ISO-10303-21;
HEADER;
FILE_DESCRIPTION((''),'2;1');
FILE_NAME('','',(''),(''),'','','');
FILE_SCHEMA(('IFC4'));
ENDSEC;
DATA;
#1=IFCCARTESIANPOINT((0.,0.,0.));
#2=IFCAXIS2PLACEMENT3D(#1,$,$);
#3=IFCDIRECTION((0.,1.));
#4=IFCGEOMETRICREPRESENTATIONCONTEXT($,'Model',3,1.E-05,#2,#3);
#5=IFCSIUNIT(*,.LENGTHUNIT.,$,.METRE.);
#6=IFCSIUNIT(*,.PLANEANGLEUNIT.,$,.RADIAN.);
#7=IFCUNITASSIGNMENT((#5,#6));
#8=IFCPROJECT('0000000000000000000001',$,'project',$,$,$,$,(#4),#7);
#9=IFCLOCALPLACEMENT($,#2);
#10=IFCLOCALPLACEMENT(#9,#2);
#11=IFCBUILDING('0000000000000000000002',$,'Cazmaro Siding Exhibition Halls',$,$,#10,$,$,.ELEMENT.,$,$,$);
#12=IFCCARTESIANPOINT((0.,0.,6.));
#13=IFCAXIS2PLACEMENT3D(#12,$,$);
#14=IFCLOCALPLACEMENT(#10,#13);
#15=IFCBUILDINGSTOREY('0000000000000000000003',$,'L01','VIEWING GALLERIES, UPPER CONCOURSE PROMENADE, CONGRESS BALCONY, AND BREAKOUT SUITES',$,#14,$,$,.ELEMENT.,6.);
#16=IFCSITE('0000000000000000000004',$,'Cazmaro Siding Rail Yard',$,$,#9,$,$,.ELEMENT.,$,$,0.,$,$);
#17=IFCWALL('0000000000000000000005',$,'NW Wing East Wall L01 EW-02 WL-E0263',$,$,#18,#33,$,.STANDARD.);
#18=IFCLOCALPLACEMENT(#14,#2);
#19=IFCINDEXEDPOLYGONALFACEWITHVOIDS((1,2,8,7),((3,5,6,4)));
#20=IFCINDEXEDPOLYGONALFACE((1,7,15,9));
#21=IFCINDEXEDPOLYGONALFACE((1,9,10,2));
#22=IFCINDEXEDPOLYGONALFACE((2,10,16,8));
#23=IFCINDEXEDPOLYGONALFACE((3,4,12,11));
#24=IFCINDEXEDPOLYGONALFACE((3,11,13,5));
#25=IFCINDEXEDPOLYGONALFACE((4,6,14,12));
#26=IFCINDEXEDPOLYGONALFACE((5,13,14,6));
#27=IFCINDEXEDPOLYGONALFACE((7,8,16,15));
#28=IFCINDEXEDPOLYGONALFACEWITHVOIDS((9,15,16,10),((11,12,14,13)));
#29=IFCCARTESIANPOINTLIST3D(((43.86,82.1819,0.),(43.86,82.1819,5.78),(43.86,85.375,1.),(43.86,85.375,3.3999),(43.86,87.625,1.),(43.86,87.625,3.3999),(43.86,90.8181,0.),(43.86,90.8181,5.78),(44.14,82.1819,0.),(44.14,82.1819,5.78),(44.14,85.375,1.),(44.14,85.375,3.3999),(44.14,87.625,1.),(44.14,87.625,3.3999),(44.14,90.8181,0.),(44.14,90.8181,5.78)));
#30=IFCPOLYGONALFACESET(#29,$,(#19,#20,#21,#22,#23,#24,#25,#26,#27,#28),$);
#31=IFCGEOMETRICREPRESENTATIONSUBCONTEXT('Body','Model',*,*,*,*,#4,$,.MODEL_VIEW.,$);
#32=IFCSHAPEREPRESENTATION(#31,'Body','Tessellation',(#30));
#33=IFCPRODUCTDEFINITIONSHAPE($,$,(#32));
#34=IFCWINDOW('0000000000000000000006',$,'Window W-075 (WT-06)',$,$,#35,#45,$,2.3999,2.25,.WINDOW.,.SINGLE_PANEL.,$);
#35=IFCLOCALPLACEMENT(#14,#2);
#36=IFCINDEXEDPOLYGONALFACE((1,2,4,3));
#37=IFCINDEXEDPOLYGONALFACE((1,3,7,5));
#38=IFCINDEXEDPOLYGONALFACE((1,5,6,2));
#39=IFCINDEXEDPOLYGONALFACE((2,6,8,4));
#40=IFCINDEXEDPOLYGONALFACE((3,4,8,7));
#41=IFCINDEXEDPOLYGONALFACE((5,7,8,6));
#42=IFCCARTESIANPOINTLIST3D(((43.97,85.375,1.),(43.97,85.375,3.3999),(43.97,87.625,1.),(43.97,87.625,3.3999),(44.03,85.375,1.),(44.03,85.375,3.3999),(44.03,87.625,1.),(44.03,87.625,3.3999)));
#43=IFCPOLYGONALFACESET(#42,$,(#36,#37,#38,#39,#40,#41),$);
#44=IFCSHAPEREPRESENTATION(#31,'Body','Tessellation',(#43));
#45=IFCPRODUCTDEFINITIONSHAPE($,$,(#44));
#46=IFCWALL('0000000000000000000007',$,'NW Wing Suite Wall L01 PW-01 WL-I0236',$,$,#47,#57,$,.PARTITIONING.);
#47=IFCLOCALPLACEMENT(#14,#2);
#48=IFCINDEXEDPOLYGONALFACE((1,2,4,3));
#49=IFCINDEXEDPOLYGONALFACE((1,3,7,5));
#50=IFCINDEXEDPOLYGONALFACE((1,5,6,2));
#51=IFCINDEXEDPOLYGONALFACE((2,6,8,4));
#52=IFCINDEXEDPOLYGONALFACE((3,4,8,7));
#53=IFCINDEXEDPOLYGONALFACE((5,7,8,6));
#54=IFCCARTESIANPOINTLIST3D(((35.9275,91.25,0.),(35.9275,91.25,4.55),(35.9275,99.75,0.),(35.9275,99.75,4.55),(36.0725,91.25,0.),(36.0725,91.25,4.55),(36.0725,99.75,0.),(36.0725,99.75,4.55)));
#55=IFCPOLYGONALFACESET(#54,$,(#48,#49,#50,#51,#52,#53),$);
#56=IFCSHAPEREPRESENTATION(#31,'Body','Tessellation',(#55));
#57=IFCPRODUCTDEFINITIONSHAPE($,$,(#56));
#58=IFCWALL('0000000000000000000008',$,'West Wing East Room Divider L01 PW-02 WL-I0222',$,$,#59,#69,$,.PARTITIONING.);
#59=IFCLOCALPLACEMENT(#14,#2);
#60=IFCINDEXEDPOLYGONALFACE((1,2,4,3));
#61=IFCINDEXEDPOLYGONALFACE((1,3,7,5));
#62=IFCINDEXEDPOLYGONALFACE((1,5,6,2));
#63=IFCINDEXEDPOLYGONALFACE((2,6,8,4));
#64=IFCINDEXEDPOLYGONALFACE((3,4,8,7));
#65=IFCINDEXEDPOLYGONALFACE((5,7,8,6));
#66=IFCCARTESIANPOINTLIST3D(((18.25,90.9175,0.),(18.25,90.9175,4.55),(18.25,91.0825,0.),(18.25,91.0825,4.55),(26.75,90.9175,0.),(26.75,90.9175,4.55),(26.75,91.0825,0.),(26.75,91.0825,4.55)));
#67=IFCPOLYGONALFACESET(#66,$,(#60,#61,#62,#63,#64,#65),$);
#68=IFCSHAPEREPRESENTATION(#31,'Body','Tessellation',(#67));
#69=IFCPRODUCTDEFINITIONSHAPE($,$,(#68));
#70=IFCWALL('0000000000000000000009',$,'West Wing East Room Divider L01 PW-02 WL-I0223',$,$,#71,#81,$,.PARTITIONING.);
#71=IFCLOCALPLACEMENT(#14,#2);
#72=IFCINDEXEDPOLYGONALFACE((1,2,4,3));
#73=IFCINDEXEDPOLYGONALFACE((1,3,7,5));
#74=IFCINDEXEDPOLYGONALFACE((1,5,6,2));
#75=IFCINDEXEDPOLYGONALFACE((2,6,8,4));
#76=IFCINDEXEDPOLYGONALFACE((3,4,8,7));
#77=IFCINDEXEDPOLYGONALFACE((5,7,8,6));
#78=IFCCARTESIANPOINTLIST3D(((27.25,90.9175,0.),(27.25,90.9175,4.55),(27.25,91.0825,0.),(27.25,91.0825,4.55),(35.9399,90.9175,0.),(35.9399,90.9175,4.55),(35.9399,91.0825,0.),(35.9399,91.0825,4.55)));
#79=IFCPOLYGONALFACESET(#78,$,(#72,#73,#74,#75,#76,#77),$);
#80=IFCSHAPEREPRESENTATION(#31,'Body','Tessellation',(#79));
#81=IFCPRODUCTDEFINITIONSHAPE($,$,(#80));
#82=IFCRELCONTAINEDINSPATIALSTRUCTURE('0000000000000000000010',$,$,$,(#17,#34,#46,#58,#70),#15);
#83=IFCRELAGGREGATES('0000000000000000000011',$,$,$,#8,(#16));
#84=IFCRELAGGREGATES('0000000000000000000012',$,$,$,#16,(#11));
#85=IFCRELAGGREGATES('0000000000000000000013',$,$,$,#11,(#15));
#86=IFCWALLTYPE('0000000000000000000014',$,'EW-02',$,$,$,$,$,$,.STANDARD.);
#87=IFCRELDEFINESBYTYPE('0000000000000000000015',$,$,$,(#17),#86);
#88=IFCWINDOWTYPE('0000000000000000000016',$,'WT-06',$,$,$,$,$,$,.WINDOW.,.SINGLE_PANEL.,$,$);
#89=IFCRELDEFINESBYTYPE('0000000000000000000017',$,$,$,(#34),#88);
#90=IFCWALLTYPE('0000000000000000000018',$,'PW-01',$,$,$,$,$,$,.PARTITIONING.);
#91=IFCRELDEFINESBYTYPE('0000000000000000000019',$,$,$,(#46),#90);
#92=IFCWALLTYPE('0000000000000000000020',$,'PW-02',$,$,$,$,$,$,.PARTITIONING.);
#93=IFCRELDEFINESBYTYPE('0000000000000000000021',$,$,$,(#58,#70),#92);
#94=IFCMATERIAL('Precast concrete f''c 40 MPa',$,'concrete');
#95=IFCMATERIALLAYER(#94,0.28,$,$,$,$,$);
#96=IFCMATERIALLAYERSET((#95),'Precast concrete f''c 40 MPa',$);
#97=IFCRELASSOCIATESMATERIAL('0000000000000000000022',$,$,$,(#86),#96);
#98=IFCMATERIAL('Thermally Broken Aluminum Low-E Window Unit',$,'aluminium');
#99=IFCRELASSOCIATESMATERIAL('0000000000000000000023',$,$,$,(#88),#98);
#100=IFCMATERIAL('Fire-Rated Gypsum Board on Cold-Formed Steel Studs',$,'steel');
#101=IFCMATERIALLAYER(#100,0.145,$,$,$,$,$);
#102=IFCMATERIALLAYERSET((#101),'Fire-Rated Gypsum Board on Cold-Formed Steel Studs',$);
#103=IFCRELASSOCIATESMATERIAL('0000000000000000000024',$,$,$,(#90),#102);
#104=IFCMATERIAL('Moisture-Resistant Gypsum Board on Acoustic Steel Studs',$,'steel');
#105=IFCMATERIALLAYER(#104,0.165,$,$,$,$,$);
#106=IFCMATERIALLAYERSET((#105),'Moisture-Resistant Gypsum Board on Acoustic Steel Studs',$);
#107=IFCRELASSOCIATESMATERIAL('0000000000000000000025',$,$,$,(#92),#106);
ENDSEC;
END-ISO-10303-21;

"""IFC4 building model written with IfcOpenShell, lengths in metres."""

from ifc_helpers import new_model, si_unit, direction, frame, frame_2d, origin, place, context, subcontext, project, spatial, rectangle, extrude, material, layer, layer_set, type_object, element, fill, save


model = new_model("IFC4")

# Units and contexts
model_context = context("Model", 3, precision=1e-05, world=origin(), true_north=direction((0.0, 1.0)))
body_context = subcontext(model_context, "Body", "Model", "MODEL_VIEW")
ifc_project = project(units=[si_unit("LENGTHUNIT", "METRE"), si_unit("PLANEANGLEUNIT", "RADIAN")], contexts=[model_context])

# Site, building, storey
site_placement = place(None, origin())
site = spatial("IfcSite", under=ifc_project, at=site_placement, Name="Cazmaro Siding Rail Yard", CompositionType="ELEMENT", RefElevation=0.0)
building_placement = place(site_placement, origin())
building = spatial("IfcBuilding", under=site, at=building_placement, Name="Cazmaro Siding Exhibition Halls", CompositionType="ELEMENT")
storey_placement = place(building_placement, frame((0.0, 0.0, 6.0)))
storey = spatial("IfcBuildingStorey", under=building, at=storey_placement, Name="L01", Description="VIEWING GALLERIES, UPPER CONCOURSE PROMENADE, CONGRESS BALCONY, AND BREAKOUT SUITES", CompositionType="ELEMENT", Elevation=6.0)

# Wall, opening, window
ifc_material_1 = material(Name="Precast concrete f'c 40 MPa", Category="concrete")
ifc_layer_1 = layer(ifc_material_1, 0.28)
ifc_layer_set_1 = layer_set([ifc_layer_1], Name="Precast concrete f'c 40 MPa")
wall_type_1 = type_object("IfcWallType", Name="EW-02", PredefinedType="STANDARD", material=ifc_layer_set_1)
wall_1_placement = place(storey_placement, frame((44.0, 90.8181, 0.0), z_axis=(0.0, 0.0, 1.0), x_axis=(0.0, -1.0, 0.0)))
wall_1 = element("IfcWall", 1, at=wall_1_placement, inside=storey, type_object=wall_type_1, Name="NW Wing East Wall L01 EW-02 WL-E0263", PredefinedType="STANDARD", context=body_context, shape_type="SweptSolid", body=[
    extrude(rectangle(XDim=8.6362, YDim=0.28, at=frame_2d((4.3181, 0.0))), origin(), (0.0, 0.0, 1.0), 5.78),
])
opening_placement = place(wall_1_placement, frame((3.1931, 0.0, 1.0)))
opening = element("IfcOpeningElement", 2, at=opening_placement, cuts=wall_1, PredefinedType="OPENING", context=body_context, shape_type="SweptSolid", body=[
    extrude(rectangle(XDim=2.25, YDim=2.3999, at=frame_2d((1.125, 1.2))), frame((0.0, 0.1499, 0.0), z_axis=(0.0, -1.0, 0.0), x_axis=(1.0, 0.0, 0.0)), (0.0, 0.0, 1.0), 0.3),
])
ifc_material_2 = material(Name="Thermally Broken Aluminum Low-E Window Unit", Category="aluminium")
window_type = type_object("IfcWindowType", Name="WT-06", PartitioningType="SINGLE_PANEL", PredefinedType="WINDOW", material=ifc_material_2)
window_placement = place(opening_placement, origin())
window = element("IfcWindow", 3, at=window_placement, inside=storey, type_object=window_type, Name="Window W-075 (WT-06)", OverallHeight=2.3999, OverallWidth=2.25, PartitioningType="SINGLE_PANEL", PredefinedType="WINDOW", context=body_context, shape_type="SweptSolid", body=[
    extrude(rectangle(XDim=2.25, YDim=2.3999, at=frame_2d((1.125, 1.2))), frame((0.0, 0.03, 0.0), z_axis=(0.0, -1.0, 0.0), x_axis=(1.0, 0.0, 0.0)), (0.0, 0.0, 1.0), 0.0601),
])
fill(opening, window)

# Walls
ifc_material_3 = material(Name="Fire-Rated Gypsum Board on Cold-Formed Steel Studs", Category="steel")
ifc_layer_2 = layer(ifc_material_3, 0.145)
ifc_layer_set_2 = layer_set([ifc_layer_2], Name="Fire-Rated Gypsum Board on Cold-Formed Steel Studs")
wall_type_2 = type_object("IfcWallType", Name="PW-01", PredefinedType="PARTITIONING", material=ifc_layer_set_2)
wall_2_placement = place(storey_placement, frame((36.0, 91.25, 0.0), z_axis=(0.0, 0.0, 1.0), x_axis=(0.0, 1.0, 0.0)))
element("IfcWall", 4, at=wall_2_placement, inside=storey, type_object=wall_type_2, Name="NW Wing Suite Wall L01 PW-01 WL-I0236", PredefinedType="PARTITIONING", context=body_context, shape_type="SweptSolid", body=[
    extrude(rectangle(XDim=8.5, YDim=0.145, at=frame_2d((4.25, 0.0))), origin(), (0.0, 0.0, 1.0), 4.55),
])
ifc_material_4 = material(Name="Moisture-Resistant Gypsum Board on Acoustic Steel Studs", Category="steel")
ifc_layer_3 = layer(ifc_material_4, 0.165)
ifc_layer_set_3 = layer_set([ifc_layer_3], Name="Moisture-Resistant Gypsum Board on Acoustic Steel Studs")
wall_type_3 = type_object("IfcWallType", Name="PW-02", PredefinedType="PARTITIONING", material=ifc_layer_set_3)
wall_3_placement = place(storey_placement, frame((18.25, 91.0, 0.0), z_axis=(0.0, 0.0, 1.0), x_axis=(1.0, 0.0, 0.0)))
element("IfcWall", 5, at=wall_3_placement, inside=storey, type_object=wall_type_3, Name="West Wing East Room Divider L01 PW-02 WL-I0222", PredefinedType="PARTITIONING", context=body_context, shape_type="SweptSolid", body=[
    extrude(rectangle(XDim=8.5, YDim=0.165, at=frame_2d((4.25, 0.0))), origin(), (0.0, 0.0, 1.0), 4.55),
])
wall_4_placement = place(storey_placement, frame((27.25, 91.0, 0.0), z_axis=(0.0, 0.0, 1.0), x_axis=(1.0, 0.0, 0.0)))
element("IfcWall", 6, at=wall_4_placement, inside=storey, type_object=wall_type_3, Name="West Wing East Room Divider L01 PW-02 WL-I0223", PredefinedType="PARTITIONING", context=body_context, shape_type="SweptSolid", body=[
    extrude(rectangle(XDim=8.6899, YDim=0.165, at=frame_2d((4.345, 0.0))), origin(), (0.0, 0.0, 1.0), 4.55),
])

save(model, "model.ifc")
